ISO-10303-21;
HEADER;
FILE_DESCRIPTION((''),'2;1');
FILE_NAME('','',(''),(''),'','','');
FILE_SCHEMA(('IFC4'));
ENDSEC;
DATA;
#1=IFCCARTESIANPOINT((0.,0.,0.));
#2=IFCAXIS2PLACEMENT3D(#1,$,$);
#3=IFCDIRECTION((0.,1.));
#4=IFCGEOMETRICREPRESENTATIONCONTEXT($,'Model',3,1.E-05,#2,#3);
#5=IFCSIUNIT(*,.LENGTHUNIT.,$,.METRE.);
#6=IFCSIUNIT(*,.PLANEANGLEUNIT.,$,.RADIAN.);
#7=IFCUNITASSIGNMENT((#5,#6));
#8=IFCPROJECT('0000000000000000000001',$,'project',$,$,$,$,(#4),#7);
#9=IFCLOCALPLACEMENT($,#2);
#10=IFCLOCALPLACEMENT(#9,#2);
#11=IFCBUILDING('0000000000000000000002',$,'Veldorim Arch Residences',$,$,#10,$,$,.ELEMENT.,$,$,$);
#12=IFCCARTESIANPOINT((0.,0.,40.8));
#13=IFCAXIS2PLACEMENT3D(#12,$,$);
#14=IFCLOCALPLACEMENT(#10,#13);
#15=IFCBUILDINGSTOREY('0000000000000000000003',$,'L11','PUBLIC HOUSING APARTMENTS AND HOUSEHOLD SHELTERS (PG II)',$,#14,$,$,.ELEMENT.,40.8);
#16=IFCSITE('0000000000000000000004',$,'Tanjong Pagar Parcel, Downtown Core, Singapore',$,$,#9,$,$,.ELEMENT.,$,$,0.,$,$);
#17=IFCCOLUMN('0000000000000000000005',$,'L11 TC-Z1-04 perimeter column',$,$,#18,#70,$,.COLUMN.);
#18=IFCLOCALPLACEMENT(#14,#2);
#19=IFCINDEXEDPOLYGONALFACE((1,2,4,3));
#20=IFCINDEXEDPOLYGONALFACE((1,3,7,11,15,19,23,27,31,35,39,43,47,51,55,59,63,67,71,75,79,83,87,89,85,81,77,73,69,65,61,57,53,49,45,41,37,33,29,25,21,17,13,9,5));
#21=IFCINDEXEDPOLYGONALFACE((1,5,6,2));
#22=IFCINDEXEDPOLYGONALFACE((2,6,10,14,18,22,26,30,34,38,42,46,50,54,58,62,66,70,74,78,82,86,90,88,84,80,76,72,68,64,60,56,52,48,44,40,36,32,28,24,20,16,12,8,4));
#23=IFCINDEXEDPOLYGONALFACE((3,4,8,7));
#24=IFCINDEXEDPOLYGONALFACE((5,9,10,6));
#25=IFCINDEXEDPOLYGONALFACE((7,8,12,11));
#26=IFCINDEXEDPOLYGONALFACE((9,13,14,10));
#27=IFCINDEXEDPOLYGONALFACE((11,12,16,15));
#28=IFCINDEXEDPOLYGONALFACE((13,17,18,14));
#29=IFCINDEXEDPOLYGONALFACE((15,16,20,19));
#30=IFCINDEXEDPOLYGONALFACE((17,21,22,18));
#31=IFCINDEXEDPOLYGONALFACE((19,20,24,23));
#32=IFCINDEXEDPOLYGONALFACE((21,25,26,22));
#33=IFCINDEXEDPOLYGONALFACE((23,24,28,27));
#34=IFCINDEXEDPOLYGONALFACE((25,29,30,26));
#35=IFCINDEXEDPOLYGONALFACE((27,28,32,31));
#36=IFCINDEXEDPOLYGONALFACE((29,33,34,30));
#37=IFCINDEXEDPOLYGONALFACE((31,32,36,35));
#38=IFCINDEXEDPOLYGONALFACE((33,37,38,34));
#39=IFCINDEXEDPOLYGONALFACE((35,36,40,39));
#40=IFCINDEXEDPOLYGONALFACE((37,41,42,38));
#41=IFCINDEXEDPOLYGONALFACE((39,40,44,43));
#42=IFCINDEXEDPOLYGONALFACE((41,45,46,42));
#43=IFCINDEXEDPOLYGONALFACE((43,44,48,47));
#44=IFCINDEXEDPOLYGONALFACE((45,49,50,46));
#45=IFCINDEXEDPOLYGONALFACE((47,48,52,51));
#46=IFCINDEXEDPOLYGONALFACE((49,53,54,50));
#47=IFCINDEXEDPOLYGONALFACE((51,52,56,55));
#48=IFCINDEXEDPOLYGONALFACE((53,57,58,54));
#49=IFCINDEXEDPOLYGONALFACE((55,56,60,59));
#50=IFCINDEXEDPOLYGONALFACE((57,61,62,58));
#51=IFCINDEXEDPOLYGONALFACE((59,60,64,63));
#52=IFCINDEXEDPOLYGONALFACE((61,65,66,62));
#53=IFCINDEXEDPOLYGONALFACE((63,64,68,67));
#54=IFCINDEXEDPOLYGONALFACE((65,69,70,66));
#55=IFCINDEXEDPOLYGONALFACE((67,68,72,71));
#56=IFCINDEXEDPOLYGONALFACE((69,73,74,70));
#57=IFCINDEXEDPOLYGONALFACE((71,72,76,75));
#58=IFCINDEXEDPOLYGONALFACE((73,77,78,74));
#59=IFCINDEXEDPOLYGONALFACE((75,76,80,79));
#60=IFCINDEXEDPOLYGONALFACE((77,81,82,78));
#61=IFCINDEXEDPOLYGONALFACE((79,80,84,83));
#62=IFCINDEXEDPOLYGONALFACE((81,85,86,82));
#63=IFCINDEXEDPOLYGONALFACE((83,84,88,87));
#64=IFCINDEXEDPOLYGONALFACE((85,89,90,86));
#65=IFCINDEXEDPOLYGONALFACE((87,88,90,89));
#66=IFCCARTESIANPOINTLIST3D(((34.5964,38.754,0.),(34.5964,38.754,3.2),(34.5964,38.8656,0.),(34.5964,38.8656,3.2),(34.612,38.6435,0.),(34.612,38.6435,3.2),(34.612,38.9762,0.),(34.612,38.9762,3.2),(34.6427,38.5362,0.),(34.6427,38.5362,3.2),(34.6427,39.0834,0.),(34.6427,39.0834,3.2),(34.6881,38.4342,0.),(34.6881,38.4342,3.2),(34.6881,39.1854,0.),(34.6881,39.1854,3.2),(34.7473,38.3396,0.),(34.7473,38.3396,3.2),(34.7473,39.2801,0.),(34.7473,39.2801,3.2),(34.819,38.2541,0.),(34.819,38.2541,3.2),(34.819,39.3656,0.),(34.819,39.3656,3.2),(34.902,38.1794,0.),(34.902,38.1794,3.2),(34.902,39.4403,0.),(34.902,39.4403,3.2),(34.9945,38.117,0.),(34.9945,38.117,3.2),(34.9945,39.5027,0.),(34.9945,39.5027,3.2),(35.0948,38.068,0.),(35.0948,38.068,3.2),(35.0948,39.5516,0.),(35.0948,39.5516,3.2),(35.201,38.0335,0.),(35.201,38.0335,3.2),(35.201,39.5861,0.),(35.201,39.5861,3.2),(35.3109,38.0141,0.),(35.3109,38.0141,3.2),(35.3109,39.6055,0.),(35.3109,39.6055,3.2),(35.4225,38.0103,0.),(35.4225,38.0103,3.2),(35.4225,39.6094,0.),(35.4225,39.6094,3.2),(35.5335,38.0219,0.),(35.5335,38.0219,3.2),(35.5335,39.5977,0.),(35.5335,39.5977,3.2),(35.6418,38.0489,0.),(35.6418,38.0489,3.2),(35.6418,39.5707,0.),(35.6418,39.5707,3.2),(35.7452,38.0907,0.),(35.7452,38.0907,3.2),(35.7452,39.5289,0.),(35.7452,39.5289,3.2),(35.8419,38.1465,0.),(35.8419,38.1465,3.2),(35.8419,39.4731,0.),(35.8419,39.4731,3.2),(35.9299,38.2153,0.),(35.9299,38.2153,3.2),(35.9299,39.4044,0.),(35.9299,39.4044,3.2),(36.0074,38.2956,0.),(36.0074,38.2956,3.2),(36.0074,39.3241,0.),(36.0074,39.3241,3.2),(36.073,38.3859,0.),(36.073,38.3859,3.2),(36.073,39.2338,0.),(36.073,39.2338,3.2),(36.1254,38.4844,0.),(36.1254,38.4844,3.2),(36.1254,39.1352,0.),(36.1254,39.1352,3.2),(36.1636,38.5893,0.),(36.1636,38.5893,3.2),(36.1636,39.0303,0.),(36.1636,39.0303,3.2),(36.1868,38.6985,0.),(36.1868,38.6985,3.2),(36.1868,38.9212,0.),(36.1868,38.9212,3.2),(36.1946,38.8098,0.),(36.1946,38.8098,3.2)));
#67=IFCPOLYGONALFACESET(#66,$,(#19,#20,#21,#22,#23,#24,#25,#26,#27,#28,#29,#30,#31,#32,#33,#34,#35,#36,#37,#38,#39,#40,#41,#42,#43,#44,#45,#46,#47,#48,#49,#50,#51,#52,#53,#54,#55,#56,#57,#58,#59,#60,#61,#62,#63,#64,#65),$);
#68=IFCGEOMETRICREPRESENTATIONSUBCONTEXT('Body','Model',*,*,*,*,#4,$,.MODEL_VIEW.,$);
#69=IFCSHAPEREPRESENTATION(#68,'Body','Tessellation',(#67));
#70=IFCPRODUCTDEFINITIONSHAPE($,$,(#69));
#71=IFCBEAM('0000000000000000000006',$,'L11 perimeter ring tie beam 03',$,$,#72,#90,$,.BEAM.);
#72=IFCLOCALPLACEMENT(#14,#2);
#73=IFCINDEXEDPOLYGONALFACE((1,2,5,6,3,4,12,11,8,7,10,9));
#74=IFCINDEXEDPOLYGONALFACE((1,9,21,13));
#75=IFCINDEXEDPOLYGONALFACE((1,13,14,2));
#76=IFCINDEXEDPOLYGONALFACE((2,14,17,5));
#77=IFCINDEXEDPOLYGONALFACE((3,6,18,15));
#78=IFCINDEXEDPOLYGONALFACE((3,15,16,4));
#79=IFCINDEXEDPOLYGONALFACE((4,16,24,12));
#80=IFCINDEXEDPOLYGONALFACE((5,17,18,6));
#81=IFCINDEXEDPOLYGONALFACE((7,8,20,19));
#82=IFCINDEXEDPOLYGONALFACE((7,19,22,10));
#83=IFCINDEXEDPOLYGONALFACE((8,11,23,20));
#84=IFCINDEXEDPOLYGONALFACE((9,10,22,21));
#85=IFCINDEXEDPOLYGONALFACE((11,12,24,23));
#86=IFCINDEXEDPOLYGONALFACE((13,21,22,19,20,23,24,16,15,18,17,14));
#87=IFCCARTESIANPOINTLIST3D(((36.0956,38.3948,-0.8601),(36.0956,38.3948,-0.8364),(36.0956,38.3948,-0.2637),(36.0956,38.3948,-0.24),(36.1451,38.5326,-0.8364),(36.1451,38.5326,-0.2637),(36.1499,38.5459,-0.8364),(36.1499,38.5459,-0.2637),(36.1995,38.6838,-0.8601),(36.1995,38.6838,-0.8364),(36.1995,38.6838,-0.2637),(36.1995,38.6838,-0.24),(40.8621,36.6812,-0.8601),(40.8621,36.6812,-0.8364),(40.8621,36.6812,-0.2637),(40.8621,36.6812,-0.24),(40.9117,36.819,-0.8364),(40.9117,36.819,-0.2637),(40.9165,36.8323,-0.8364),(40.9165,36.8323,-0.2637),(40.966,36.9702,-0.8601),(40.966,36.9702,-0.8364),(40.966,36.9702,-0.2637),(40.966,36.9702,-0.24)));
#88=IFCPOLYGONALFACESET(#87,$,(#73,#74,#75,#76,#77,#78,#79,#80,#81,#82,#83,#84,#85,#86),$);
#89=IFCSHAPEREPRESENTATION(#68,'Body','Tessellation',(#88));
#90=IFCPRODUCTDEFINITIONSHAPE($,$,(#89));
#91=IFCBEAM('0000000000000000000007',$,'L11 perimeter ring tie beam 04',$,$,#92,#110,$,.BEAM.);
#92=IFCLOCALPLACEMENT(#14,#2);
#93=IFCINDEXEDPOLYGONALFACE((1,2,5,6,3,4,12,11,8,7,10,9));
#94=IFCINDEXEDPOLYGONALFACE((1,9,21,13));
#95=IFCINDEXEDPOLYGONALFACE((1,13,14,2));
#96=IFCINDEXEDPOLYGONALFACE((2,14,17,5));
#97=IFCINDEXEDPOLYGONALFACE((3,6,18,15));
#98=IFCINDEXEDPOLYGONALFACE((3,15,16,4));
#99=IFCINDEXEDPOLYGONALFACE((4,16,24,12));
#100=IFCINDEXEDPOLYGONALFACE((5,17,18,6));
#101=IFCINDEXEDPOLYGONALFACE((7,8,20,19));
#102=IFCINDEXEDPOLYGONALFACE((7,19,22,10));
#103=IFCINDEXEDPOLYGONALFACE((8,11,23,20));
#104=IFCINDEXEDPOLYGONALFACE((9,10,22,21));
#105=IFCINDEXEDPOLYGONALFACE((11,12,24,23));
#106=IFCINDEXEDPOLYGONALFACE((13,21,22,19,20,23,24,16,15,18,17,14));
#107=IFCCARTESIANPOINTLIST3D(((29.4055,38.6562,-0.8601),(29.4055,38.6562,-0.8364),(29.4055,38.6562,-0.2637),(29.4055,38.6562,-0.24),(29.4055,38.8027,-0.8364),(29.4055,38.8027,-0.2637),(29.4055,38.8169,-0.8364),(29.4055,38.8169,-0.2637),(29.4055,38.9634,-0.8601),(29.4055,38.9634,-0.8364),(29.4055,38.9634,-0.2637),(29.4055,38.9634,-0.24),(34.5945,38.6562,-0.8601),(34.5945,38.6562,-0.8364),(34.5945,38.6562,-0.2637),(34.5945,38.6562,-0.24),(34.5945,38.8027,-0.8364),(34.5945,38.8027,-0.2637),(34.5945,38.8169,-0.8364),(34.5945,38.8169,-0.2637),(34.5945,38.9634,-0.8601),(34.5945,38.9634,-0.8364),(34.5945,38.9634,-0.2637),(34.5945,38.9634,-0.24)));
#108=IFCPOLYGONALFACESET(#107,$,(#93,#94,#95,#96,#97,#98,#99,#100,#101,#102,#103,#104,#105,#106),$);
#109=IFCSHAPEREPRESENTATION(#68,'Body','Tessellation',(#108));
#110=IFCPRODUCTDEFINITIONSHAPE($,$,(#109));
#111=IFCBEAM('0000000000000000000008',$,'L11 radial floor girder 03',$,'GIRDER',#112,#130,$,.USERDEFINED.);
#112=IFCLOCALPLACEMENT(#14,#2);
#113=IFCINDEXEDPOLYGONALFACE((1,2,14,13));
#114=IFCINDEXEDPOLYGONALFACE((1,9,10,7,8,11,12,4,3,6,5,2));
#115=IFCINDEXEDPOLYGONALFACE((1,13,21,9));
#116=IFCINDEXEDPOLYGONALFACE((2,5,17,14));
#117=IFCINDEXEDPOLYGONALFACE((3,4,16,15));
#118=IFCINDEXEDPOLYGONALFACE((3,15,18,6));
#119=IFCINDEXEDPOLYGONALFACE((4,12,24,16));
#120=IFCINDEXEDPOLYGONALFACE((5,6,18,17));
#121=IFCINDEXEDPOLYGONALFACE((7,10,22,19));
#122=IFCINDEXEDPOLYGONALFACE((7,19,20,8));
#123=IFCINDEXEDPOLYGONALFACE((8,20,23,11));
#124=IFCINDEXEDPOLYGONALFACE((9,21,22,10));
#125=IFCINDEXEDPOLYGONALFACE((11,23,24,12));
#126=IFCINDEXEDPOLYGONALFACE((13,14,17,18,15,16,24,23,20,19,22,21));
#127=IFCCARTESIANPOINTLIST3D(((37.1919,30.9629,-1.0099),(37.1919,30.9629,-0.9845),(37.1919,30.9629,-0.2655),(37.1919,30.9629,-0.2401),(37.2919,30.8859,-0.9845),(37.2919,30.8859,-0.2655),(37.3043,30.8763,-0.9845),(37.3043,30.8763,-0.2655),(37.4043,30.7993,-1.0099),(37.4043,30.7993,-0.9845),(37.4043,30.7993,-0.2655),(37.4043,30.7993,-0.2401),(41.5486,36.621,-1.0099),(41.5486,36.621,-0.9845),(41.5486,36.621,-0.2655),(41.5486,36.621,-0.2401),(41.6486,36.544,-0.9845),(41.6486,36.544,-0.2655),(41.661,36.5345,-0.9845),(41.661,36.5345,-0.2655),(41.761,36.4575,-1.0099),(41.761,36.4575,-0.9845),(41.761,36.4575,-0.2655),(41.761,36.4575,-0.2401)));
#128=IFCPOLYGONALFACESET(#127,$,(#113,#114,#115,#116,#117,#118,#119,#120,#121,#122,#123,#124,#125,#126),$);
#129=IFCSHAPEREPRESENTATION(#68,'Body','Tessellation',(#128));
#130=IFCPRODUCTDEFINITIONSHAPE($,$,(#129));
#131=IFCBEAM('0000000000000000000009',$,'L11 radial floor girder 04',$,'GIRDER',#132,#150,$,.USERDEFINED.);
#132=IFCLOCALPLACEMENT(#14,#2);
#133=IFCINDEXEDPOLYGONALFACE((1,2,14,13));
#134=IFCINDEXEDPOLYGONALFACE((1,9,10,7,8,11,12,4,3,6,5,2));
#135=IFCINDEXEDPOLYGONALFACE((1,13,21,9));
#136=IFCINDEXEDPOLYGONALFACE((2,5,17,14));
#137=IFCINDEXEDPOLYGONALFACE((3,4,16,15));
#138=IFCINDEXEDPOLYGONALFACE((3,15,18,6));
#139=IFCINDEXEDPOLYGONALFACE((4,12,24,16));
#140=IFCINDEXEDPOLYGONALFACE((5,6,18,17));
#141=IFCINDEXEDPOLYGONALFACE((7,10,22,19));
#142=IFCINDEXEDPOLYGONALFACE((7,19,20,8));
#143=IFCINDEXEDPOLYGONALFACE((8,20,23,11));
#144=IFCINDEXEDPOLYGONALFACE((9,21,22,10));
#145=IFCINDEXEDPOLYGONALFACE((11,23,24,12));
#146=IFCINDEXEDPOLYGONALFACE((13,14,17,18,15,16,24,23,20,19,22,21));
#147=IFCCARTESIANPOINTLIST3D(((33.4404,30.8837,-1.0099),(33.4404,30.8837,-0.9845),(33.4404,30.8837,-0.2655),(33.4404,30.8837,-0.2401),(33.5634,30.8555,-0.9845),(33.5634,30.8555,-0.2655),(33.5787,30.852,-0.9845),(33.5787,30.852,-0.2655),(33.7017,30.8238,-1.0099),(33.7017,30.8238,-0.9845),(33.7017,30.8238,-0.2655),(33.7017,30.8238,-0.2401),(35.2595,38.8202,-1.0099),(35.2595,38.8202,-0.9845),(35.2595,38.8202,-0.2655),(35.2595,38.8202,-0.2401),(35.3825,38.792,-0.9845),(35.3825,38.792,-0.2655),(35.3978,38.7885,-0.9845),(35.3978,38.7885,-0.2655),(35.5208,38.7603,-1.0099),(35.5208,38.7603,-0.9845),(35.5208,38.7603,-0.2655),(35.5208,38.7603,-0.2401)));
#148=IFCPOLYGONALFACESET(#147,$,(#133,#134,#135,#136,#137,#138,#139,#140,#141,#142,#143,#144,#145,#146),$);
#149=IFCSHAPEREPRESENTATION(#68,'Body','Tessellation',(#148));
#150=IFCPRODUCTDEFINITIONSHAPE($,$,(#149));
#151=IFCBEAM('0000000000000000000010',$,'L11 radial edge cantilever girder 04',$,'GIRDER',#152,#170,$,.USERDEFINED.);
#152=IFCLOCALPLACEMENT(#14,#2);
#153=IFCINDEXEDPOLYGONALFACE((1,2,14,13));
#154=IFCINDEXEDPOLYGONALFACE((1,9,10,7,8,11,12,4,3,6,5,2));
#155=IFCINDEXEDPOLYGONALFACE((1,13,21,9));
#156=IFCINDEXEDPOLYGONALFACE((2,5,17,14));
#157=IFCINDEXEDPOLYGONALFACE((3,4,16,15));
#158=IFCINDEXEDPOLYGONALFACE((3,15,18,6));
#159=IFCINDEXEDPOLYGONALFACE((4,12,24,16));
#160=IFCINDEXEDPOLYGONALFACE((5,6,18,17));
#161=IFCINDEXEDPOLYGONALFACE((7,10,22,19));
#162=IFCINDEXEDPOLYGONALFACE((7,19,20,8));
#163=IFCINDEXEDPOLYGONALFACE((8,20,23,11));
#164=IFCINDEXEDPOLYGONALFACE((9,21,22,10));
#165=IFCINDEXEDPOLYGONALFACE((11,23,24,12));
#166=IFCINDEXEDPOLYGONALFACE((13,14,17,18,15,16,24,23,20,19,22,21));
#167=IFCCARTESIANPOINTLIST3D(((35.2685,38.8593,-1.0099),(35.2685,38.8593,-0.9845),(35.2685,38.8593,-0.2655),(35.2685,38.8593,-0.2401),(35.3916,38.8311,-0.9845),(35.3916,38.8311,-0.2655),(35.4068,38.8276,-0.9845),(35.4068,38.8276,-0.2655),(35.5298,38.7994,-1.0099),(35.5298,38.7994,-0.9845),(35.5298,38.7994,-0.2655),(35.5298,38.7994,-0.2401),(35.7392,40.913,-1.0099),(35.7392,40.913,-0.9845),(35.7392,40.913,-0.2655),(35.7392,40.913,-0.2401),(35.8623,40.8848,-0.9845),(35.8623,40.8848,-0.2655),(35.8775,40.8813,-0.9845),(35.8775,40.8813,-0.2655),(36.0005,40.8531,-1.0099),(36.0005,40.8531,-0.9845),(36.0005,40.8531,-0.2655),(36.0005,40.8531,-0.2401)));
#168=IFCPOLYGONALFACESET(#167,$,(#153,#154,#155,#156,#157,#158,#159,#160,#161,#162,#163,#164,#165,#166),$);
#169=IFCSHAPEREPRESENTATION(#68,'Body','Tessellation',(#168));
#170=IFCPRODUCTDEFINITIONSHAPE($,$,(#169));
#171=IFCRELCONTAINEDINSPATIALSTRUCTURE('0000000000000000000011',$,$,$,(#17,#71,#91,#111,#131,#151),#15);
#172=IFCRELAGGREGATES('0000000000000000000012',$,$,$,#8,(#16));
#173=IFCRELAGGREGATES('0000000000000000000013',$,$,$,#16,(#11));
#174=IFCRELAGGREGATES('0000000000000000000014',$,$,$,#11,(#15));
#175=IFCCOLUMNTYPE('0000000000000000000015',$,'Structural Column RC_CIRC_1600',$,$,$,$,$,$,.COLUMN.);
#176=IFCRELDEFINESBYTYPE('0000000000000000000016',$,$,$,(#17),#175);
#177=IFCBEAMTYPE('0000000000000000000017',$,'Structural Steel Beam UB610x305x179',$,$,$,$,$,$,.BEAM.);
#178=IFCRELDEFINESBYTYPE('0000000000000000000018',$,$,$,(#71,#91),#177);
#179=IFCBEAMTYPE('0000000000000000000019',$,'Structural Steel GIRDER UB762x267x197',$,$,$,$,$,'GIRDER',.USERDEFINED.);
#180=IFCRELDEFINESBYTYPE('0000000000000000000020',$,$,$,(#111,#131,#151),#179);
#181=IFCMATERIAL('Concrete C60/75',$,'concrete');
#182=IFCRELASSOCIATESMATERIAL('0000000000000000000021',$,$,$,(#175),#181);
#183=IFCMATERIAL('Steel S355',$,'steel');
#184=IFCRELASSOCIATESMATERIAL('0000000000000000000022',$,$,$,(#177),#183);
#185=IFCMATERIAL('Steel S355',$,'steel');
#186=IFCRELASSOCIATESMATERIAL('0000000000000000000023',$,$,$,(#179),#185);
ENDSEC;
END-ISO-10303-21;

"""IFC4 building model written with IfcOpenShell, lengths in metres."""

from ifc_helpers import new_model, si_unit, direction, frame, origin, origin_2d, place, context, subcontext, project, spatial, circle, i_section, extrude, material, material_profile, profile_set, type_object, element, save


model = new_model("IFC4")

# Units and contexts
model_context = context("Model", 3, precision=1e-05, world=origin(), true_north=direction((0.0, 1.0)))
body_context = subcontext(model_context, "Body", "Model", "MODEL_VIEW")
ifc_project = project(units=[si_unit("LENGTHUNIT", "METRE"), si_unit("PLANEANGLEUNIT", "RADIAN")], contexts=[model_context])

# Site, building, storey
site_placement = place(None, origin())
site = spatial("IfcSite", under=ifc_project, at=site_placement, Name="Tanjong Pagar Parcel, Downtown Core, Singapore", CompositionType="ELEMENT", RefElevation=0.0)
building_placement = place(site_placement, origin())
building = spatial("IfcBuilding", under=site, at=building_placement, Name="Veldorim Arch Residences", CompositionType="ELEMENT")
storey_placement = place(building_placement, frame((0.0, 0.0, 40.8)))
storey = spatial("IfcBuildingStorey", under=building, at=storey_placement, Name="L11", Description="PUBLIC HOUSING APARTMENTS AND HOUSEHOLD SHELTERS (PG II)", CompositionType="ELEMENT", Elevation=40.8)

# Column
ifc_material_1 = material(Name="Concrete C60/75", Category="concrete")
ifc_material_profile_1 = material_profile(ifc_material_1, circle(Radius=0.8, at=origin_2d()), Name="RC_CIRC_1600")
ifc_profile_set_1 = profile_set([ifc_material_profile_1], Name="Concrete C60/75")
column_type = type_object("IfcColumnType", Name="Structural Column RC_CIRC_1600", PredefinedType="COLUMN", material=ifc_profile_set_1)
column_placement = place(storey_placement, frame((35.3945, 38.8098, 0.0), z_axis=(0.0, 0.0, 1.0), x_axis=(1.0, 0.0, 0.0)))
element("IfcColumn", 1, at=column_placement, inside=storey, type_object=column_type, Name="L11 TC-Z1-04 perimeter column", PredefinedType="COLUMN", context=body_context, shape_type="SweptSolid", body=[
    extrude(circle(Radius=0.8, at=origin_2d()), origin(), (0.0, 0.0, 1.0), 3.2),
])

# Beams
ifc_material_2 = material(Name="Steel S355", Category="steel")
ifc_material_profile_2 = material_profile(ifc_material_2, i_section(OverallWidth=0.3071, OverallDepth=0.6201, WebThickness=0.0142, FlangeThickness=0.0237, at=origin_2d()), Name="UB610x305x179")
ifc_profile_set_2 = profile_set([ifc_material_profile_2], Name="Steel S355")
beam_type_1 = type_object("IfcBeamType", Name="Structural Steel Beam UB610x305x179", PredefinedType="BEAM", material=ifc_profile_set_2)
beam_1_placement = place(storey_placement, frame((40.9141, 36.8257, -0.55), z_axis=(-0.941035, 0.338308, 0.0), x_axis=(-0.338308, -0.941035, 0.0)))
element("IfcBeam", 2, at=beam_1_placement, inside=storey, type_object=beam_type_1, Name="L11 perimeter ring tie beam 03", PredefinedType="BEAM", context=body_context, shape_type="SweptSolid", body=[
    extrude(i_section(OverallWidth=0.3071, OverallDepth=0.6201, WebThickness=0.0142, FlangeThickness=0.0237, at=origin_2d()), origin(), (0.0, 0.0, 1.0), 5.0652),
])
beam_2_placement = place(storey_placement, frame((34.5945, 38.8098, -0.55), z_axis=(-1.0, 0.0, 0.0), x_axis=(0.0, -1.0, 0.0)))
element("IfcBeam", 3, at=beam_2_placement, inside=storey, type_object=beam_type_1, Name="L11 perimeter ring tie beam 04", PredefinedType="BEAM", context=body_context, shape_type="SweptSolid", body=[
    extrude(i_section(OverallWidth=0.3071, OverallDepth=0.6201, WebThickness=0.0142, FlangeThickness=0.0237, at=origin_2d()), origin(), (0.0, 0.0, 1.0), 5.189),
])
ifc_material_3 = material(Name="Steel S355", Category="steel")
ifc_material_profile_3 = material_profile(ifc_material_3, i_section(OverallWidth=0.2681, OverallDepth=0.7698, WebThickness=0.0156, FlangeThickness=0.0254, at=origin_2d()), Name="UB762x267x197")
ifc_profile_set_3 = profile_set([ifc_material_profile_3], Name="Steel S355")
beam_type_2 = type_object("IfcBeamType", Name="Structural Steel GIRDER UB762x267x197", ElementType="GIRDER", PredefinedType="USERDEFINED", material=ifc_profile_set_3)
beam_3_placement = place(storey_placement, frame((37.2981, 30.8811, -0.625), z_axis=(0.610082, 0.792338, 0.0), x_axis=(-0.792338, 0.610082, 0.0)))
element("IfcBeam", 4, at=beam_3_placement, inside=storey, type_object=beam_type_2, Name="L11 radial floor girder 03", ObjectType="GIRDER", PredefinedType="USERDEFINED", context=body_context, shape_type="SweptSolid", body=[
    extrude(i_section(OverallWidth=0.2681, OverallDepth=0.7698, WebThickness=0.0156, FlangeThickness=0.0254, at=origin_2d()), origin(), (0.0, 0.0, 1.0), 7.1411),
])
beam_4_placement = place(storey_placement, frame((33.571, 30.8538, -0.625), z_axis=(0.223412, 0.974724, 0.0), x_axis=(-0.974724, 0.223412, 0.0)))
element("IfcBeam", 5, at=beam_4_placement, inside=storey, type_object=beam_type_2, Name="L11 radial floor girder 04", ObjectType="GIRDER", PredefinedType="USERDEFINED", context=body_context, shape_type="SweptSolid", body=[
    extrude(i_section(OverallWidth=0.2681, OverallDepth=0.7698, WebThickness=0.0156, FlangeThickness=0.0254, at=origin_2d()), origin(), (0.0, 0.0, 1.0), 8.1423),
])
beam_5_placement = place(storey_placement, frame((35.3992, 38.8293, -0.625), z_axis=(0.223404, 0.974726, 0.0), x_axis=(-0.974726, 0.223404, 0.0)))
element("IfcBeam", 6, at=beam_5_placement, inside=storey, type_object=beam_type_2, Name="L11 radial edge cantilever girder 04", ObjectType="GIRDER", PredefinedType="USERDEFINED", context=body_context, shape_type="SweptSolid", body=[
    extrude(i_section(OverallWidth=0.2681, OverallDepth=0.7698, WebThickness=0.0156, FlangeThickness=0.0254, at=origin_2d()), origin(), (0.0, 0.0, 1.0), 2.1069),
])

save(model, "model.ifc")
